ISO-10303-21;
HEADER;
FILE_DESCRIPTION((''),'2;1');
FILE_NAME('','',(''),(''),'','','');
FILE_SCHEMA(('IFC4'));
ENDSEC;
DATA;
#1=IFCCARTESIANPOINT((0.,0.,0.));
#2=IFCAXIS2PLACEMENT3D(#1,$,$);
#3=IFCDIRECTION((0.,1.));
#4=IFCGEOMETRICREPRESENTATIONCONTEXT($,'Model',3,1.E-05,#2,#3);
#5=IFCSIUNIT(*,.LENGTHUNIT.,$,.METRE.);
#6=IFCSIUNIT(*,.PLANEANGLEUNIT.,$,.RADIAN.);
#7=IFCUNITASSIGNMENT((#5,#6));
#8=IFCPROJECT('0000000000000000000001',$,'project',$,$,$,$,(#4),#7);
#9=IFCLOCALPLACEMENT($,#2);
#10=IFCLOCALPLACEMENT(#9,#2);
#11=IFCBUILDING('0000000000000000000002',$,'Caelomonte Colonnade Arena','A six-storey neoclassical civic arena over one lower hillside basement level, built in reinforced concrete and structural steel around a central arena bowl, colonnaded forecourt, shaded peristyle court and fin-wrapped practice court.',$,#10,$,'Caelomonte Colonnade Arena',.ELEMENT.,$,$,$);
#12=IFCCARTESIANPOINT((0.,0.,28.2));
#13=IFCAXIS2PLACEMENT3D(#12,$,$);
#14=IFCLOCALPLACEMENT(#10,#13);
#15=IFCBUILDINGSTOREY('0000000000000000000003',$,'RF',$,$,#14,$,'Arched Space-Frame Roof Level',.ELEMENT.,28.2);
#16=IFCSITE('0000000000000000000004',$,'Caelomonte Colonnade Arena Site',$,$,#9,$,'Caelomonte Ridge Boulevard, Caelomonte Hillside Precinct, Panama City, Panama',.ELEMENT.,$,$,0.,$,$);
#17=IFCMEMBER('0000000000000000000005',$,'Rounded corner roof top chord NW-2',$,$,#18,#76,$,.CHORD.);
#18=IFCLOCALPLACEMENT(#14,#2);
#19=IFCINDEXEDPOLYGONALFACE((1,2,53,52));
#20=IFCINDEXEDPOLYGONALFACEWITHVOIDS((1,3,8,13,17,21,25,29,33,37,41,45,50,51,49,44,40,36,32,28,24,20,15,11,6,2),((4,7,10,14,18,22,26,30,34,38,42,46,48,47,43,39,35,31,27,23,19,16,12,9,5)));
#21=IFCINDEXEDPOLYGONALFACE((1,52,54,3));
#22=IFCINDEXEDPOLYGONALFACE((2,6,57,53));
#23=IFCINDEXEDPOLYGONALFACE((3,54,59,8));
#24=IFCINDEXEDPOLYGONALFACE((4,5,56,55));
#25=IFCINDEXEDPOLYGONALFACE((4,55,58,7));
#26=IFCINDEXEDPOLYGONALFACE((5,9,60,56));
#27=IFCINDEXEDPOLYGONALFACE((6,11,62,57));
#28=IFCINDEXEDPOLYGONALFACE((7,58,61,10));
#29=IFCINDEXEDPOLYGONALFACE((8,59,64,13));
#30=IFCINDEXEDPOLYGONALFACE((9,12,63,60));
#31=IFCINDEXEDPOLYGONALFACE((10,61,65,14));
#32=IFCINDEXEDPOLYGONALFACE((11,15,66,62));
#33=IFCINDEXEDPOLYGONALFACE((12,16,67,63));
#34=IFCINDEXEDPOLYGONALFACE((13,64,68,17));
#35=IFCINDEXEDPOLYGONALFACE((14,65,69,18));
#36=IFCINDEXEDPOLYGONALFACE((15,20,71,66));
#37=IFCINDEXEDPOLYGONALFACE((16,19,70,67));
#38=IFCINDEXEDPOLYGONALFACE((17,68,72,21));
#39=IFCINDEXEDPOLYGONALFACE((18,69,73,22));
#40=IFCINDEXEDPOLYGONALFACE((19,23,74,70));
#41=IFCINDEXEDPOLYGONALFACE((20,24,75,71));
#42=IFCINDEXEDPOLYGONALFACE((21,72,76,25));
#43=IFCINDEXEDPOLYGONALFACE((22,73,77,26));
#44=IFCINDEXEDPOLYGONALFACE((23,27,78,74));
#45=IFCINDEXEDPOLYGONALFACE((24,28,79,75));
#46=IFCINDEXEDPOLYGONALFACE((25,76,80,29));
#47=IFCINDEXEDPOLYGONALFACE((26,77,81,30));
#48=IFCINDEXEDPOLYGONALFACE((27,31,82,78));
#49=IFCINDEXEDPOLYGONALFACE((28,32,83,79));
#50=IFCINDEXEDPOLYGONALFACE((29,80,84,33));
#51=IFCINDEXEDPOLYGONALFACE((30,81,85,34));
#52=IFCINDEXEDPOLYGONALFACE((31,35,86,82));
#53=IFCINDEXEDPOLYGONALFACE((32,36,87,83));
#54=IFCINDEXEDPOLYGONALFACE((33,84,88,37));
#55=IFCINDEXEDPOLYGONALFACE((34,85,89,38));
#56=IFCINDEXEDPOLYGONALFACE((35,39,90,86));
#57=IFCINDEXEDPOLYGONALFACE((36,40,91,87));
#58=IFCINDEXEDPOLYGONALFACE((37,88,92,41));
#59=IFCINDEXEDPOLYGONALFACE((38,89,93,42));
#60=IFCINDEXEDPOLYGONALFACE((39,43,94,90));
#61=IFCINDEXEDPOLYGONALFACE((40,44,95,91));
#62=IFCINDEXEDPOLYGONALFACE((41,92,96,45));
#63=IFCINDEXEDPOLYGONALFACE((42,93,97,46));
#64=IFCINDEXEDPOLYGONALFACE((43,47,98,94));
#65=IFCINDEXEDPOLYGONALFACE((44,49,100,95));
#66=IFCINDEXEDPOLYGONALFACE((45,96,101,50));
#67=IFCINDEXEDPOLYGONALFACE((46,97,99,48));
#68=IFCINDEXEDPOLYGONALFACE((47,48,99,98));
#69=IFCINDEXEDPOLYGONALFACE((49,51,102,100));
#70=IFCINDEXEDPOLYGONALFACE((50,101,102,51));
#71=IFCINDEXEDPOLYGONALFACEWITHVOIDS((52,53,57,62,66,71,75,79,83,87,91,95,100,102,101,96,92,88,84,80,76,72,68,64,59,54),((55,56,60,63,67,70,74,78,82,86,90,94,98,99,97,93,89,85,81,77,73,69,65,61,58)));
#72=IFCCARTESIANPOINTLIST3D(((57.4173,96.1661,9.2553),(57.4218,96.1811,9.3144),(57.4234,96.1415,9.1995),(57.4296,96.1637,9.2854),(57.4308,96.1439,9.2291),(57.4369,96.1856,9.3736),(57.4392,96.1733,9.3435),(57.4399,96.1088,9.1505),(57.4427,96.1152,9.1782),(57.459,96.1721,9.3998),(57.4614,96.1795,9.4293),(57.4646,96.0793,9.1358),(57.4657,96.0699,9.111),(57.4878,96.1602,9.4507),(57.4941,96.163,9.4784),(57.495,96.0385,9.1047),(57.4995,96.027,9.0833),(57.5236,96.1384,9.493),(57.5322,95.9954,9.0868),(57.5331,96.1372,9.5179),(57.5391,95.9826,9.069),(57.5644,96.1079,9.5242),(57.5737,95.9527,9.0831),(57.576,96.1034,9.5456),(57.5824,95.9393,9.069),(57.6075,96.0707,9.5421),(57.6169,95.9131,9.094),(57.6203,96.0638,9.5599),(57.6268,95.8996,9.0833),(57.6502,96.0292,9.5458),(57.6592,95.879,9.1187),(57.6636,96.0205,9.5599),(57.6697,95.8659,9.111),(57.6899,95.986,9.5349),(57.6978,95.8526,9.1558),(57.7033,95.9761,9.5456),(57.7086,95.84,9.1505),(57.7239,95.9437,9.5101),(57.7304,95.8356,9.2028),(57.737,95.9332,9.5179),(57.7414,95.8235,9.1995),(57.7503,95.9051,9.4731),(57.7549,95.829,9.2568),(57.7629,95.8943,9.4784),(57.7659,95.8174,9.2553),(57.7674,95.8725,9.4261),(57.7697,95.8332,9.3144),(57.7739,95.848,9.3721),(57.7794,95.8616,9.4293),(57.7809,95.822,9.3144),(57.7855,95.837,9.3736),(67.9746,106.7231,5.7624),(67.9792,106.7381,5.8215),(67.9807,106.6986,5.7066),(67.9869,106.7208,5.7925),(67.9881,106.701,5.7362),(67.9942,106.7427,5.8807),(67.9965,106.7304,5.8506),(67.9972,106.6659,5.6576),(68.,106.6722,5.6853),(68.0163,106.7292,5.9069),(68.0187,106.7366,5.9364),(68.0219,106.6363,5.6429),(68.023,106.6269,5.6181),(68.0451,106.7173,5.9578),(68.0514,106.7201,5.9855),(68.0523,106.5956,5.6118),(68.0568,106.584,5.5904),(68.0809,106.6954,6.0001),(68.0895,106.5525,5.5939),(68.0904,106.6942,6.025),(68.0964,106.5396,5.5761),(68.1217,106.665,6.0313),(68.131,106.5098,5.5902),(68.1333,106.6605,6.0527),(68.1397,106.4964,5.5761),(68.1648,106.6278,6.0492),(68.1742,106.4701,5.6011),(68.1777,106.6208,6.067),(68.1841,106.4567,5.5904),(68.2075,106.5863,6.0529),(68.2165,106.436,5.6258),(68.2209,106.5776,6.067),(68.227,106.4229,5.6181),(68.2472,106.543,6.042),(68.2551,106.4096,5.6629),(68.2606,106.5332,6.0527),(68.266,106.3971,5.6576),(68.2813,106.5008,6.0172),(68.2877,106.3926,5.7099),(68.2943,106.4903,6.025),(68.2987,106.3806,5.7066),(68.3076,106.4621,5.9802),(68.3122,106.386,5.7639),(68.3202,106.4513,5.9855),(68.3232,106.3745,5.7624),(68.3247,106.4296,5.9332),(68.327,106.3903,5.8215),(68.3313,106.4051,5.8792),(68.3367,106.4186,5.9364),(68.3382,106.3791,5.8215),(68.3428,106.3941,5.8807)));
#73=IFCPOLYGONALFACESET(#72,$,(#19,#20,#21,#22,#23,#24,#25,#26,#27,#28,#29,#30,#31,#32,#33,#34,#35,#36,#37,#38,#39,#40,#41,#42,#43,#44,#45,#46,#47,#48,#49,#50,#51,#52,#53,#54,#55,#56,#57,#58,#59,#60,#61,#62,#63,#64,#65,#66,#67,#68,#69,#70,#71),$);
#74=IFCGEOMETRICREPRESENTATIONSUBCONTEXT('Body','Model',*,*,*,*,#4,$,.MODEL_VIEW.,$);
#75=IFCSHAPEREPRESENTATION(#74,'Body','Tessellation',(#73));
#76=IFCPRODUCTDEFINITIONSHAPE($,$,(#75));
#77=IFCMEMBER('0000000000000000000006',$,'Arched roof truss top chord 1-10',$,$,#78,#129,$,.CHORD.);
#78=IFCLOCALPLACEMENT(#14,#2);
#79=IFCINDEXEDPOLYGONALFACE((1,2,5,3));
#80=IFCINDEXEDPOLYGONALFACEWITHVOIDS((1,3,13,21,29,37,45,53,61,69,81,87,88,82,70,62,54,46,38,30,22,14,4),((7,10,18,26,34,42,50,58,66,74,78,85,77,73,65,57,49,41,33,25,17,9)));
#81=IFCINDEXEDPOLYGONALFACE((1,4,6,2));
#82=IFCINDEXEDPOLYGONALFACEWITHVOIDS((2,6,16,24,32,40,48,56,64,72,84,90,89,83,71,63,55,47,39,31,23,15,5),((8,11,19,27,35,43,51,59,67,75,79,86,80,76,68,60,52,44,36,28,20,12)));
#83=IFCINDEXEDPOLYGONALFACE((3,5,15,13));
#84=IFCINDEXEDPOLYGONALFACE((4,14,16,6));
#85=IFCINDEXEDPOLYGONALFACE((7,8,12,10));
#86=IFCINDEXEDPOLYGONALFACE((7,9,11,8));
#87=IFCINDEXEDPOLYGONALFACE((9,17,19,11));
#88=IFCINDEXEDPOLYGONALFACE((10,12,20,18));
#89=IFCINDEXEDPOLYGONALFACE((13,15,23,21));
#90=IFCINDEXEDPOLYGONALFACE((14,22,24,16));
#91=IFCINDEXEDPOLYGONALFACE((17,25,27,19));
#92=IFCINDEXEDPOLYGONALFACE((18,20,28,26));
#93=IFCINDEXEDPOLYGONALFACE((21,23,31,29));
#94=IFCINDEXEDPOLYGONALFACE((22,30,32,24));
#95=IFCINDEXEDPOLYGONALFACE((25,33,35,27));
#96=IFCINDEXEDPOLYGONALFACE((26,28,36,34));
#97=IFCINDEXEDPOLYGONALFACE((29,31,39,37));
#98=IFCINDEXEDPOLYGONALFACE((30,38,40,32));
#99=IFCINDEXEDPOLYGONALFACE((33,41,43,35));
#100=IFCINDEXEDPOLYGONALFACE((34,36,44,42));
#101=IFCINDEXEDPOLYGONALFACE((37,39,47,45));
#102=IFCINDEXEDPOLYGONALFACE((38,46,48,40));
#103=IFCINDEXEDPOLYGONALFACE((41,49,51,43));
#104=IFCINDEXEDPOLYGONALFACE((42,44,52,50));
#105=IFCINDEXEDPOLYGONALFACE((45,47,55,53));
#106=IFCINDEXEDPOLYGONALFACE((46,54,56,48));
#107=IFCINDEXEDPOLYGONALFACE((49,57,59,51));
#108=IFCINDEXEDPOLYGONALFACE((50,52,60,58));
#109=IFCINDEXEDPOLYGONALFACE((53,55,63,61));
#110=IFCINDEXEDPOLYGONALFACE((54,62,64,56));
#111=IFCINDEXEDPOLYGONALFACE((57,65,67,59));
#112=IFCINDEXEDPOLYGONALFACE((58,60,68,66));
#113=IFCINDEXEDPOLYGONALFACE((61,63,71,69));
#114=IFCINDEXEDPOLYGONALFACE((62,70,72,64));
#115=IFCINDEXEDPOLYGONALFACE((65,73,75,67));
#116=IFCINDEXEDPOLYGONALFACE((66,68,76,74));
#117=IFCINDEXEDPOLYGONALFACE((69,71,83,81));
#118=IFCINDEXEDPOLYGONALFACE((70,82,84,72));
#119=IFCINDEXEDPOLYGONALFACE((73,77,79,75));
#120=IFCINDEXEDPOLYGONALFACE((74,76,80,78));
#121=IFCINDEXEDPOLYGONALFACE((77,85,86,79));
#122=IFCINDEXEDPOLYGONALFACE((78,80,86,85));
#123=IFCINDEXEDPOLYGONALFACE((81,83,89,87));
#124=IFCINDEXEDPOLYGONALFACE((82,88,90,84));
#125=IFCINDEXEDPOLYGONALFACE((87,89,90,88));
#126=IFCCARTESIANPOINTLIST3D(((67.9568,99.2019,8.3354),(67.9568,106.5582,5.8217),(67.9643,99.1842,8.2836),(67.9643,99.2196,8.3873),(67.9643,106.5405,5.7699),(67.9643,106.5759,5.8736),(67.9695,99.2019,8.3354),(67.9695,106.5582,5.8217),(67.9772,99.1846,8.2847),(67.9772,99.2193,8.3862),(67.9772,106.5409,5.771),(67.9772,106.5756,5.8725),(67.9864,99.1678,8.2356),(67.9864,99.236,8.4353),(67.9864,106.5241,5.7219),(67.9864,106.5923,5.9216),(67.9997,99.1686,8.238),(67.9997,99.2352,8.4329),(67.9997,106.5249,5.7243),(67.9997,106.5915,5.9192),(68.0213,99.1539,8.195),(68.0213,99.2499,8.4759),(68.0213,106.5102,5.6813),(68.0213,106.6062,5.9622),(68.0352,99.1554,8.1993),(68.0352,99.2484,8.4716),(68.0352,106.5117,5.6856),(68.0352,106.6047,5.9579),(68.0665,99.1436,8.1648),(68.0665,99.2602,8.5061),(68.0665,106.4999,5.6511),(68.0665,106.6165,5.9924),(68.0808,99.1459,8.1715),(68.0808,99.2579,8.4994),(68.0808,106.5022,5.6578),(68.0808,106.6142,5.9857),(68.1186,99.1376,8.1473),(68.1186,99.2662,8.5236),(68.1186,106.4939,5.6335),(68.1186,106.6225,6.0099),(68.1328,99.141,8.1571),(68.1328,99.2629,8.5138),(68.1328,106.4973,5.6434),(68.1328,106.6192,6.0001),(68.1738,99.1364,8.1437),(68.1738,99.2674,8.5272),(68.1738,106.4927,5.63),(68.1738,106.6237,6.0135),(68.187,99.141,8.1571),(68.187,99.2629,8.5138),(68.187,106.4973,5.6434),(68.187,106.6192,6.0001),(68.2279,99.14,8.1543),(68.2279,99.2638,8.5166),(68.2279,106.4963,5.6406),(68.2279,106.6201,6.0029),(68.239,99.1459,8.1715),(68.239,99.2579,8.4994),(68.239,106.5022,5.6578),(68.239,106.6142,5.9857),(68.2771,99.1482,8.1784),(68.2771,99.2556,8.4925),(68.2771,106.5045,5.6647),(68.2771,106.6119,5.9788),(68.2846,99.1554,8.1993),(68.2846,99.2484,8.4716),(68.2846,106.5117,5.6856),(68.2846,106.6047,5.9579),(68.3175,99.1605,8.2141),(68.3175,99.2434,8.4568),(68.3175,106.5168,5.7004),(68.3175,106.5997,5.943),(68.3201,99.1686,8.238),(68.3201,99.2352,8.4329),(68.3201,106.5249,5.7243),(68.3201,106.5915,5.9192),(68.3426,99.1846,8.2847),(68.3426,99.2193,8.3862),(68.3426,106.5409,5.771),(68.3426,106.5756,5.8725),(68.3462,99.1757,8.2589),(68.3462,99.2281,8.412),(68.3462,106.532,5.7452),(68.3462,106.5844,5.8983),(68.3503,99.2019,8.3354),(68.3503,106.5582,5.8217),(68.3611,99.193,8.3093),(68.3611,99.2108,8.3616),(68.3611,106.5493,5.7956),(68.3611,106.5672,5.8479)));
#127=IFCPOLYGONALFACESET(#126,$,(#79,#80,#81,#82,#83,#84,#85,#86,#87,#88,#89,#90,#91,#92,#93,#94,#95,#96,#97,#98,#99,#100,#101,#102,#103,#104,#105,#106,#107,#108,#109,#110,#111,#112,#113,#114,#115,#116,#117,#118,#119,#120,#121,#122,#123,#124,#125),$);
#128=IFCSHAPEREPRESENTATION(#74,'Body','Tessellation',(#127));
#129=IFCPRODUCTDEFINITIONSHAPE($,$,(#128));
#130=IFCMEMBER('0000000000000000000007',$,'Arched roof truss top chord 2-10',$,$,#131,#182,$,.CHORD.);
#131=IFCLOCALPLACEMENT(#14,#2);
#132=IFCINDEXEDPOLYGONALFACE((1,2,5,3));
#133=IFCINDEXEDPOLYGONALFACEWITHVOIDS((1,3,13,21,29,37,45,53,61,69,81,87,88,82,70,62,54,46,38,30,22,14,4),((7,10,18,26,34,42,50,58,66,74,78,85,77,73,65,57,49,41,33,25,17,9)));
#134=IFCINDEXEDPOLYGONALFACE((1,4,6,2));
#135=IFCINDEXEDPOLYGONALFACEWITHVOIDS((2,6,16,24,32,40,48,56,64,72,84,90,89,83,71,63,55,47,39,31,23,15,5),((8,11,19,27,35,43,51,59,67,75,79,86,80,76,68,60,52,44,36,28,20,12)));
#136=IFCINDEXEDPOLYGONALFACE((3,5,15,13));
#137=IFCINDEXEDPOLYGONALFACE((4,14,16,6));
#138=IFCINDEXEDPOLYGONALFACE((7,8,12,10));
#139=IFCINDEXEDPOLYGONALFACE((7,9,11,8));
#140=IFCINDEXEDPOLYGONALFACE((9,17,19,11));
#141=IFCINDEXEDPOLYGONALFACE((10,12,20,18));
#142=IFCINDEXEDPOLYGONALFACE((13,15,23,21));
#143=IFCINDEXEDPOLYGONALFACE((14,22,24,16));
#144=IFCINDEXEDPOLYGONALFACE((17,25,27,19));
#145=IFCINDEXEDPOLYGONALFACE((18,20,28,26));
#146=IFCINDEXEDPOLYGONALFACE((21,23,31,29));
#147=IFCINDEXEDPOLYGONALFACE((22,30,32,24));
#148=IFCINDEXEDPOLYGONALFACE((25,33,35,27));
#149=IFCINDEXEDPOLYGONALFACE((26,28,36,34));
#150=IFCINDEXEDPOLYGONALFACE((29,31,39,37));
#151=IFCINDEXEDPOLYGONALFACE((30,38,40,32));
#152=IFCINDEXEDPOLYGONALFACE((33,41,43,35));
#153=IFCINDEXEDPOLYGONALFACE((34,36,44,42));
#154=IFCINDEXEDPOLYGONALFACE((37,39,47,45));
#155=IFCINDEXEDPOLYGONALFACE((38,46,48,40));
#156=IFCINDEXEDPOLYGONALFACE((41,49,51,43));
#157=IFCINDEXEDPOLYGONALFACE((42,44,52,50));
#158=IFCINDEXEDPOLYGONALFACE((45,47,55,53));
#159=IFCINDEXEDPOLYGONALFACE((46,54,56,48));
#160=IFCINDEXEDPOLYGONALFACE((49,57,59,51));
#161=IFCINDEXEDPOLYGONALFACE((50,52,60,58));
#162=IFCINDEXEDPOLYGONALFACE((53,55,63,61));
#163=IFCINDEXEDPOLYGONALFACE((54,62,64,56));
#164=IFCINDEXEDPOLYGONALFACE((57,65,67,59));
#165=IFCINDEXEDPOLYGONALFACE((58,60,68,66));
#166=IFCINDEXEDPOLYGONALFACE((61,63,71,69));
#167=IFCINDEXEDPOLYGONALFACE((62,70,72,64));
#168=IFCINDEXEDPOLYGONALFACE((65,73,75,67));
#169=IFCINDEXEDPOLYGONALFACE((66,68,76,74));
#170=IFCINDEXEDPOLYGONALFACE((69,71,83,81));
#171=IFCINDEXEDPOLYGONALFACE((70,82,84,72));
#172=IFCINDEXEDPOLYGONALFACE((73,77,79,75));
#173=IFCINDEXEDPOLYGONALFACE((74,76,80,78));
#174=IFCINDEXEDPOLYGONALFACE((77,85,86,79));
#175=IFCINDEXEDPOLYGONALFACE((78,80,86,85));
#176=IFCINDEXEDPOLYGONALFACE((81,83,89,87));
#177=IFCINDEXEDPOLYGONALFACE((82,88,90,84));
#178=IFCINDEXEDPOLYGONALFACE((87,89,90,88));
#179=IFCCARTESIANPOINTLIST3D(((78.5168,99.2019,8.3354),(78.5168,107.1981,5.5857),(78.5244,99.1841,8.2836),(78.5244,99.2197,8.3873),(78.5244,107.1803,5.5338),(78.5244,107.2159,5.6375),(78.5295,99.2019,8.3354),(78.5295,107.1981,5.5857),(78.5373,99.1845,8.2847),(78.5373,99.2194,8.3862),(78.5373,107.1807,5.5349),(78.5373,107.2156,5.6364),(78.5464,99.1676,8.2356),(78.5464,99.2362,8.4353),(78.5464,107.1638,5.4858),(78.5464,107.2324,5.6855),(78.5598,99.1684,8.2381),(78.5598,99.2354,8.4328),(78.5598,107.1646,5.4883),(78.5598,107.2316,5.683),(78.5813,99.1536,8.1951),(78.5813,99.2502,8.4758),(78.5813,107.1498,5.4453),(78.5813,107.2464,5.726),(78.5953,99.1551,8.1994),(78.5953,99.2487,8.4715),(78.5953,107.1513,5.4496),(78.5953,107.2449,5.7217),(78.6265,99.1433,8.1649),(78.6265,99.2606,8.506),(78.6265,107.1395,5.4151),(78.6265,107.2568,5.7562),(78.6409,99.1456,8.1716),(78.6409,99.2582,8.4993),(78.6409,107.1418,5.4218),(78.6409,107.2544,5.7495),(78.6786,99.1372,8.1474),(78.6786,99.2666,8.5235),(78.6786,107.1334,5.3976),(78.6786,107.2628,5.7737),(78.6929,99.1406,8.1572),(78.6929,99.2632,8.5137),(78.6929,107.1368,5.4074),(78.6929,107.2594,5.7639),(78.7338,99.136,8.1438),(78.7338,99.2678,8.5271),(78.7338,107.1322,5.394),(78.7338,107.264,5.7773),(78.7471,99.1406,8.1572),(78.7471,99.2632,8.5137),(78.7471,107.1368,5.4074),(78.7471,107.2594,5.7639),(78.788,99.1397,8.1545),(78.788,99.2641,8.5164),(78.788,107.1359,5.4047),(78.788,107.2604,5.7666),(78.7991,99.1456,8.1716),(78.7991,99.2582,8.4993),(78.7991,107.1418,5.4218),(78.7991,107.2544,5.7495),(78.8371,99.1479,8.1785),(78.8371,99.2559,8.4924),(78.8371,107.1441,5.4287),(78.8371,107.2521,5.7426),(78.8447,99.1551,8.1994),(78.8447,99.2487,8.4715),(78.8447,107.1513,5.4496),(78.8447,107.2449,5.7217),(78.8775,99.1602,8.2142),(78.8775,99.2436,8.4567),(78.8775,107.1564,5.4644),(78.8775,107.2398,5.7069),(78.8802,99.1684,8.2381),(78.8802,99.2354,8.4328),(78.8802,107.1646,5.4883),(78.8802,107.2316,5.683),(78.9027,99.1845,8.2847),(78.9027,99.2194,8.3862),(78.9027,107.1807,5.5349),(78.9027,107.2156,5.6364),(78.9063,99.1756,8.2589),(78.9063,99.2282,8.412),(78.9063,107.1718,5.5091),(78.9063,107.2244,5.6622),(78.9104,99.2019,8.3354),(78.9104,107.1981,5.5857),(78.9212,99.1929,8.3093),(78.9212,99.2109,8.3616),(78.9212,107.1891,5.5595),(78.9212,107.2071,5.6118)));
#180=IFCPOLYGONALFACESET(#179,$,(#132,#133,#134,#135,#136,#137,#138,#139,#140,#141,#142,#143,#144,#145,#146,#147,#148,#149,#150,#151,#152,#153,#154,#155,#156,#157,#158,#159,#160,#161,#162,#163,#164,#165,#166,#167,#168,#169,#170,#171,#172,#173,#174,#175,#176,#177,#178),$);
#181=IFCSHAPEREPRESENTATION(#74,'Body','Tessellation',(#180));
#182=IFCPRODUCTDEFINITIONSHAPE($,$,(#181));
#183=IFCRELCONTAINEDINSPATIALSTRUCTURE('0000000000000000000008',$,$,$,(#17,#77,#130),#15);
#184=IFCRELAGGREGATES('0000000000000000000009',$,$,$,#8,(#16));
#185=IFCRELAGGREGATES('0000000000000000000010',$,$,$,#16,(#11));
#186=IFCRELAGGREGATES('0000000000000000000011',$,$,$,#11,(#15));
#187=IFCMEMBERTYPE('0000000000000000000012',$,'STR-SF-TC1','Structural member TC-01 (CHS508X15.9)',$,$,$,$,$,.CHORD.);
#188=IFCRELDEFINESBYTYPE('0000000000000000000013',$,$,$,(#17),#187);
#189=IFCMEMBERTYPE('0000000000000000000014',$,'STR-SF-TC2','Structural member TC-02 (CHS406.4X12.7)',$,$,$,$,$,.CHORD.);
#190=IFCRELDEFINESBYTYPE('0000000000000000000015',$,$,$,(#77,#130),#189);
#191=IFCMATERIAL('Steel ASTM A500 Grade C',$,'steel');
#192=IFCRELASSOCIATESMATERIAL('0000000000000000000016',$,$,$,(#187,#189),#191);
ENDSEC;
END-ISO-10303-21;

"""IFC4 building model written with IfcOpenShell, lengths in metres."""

from ifc_helpers import new_model, si_unit, direction, frame, origin, origin_2d, place, context, subcontext, project, spatial, hollow_circle, extrude, material, material_profile, profile_set, type_object, element, save


model = new_model("IFC4")

# Units and contexts
model_context = context("Model", 3, precision=1e-05, world=origin(), true_north=direction((0.0, 1.0)))
body_context = subcontext(model_context, "Body", "Model", "MODEL_VIEW")
ifc_project = project(units=[si_unit("LENGTHUNIT", "METRE"), si_unit("PLANEANGLEUNIT", "RADIAN")], contexts=[model_context])

# Site, building, storey
site_placement = place(None, origin())
site = spatial("IfcSite", under=ifc_project, at=site_placement, Name="Caelomonte Colonnade Arena Site", LongName="Caelomonte Ridge Boulevard, Caelomonte Hillside Precinct, Panama City, Panama", CompositionType="ELEMENT", RefElevation=0.0)
building_placement = place(site_placement, origin())
building = spatial("IfcBuilding", under=site, at=building_placement, Name="Caelomonte Colonnade Arena", Description="A six-storey neoclassical civic arena over one lower hillside basement level, built in reinforced concrete and structural steel around a central arena bowl, colonnaded forecourt, shaded peristyle court and fin-wrapped practice court.", LongName="Caelomonte Colonnade Arena", CompositionType="ELEMENT")
storey_placement = place(building_placement, frame((0.0, 0.0, 28.2)))
storey = spatial("IfcBuildingStorey", under=building, at=storey_placement, Name="RF", LongName="Arched Space-Frame Roof Level", CompositionType="ELEMENT", Elevation=28.2)

# Members
ifc_material_1 = material(Name="Steel ASTM A500 Grade C", Category="steel")
ifc_material_profile_1 = material_profile(ifc_material_1, hollow_circle(Radius=0.2539, WallThickness=0.0159, at=origin_2d()), Name="CHS508X15.9")
ifc_profile_set_1 = profile_set([ifc_material_profile_1], Name="Steel ASTM A500 Grade C")
member_type_1 = type_object("IfcMemberType", Name="STR-SF-TC1", Description="Structural member TC-01 (CHS508X15.9)", PredefinedType="CHORD", material=ifc_profile_set_1)
member_1_placement = place(storey_placement, frame((68.1587, 106.5586, 5.8215), z_axis=(-0.688524, -0.688508, 0.227799), x_axis=(0.707099, -0.707115, 0.0)))
element("IfcMember", 1, at=member_1_placement, inside=storey, type_object=member_type_1, Name="Rounded corner roof top chord NW-2", PredefinedType="CHORD", context=body_context, shape_type="SweptSolid", body=[
    extrude(hollow_circle(Radius=0.2539, WallThickness=0.0159, at=origin_2d()), origin(), (0.0, 0.0, 1.0), 15.3333),
])
ifc_material_profile_2 = material_profile(ifc_material_1, hollow_circle(Radius=0.2031, WallThickness=0.0127, at=origin_2d()), Name="CHS406.4X12.7")
ifc_profile_set_2 = profile_set([ifc_material_profile_2], Name="Steel ASTM A500 Grade C")
member_type_2 = type_object("IfcMemberType", Name="STR-SF-TC2", Description="Structural member TC-02 (CHS406.4X12.7)", PredefinedType="CHORD", material=ifc_profile_set_2)
member_2_placement = place(storey_placement, frame((68.1599, 99.2019, 8.3354), z_axis=(0.0, 0.946279, -0.323351), x_axis=(-1.0, 0.0, 0.0)))
element("IfcMember", 2, at=member_2_placement, inside=storey, type_object=member_type_2, Name="Arched roof truss top chord 1-10", PredefinedType="CHORD", context=body_context, shape_type="SweptSolid", body=[
    extrude(hollow_circle(Radius=0.2031, WallThickness=0.0127, at=origin_2d()), origin(), (0.0, 0.0, 1.0), 7.7739),
])
member_3_placement = place(storey_placement, frame((78.72, 99.2019, 8.3354), z_axis=(0.0, 0.945647, -0.325196), x_axis=(-1.0, 0.0, 0.0)))
element("IfcMember", 3, at=member_3_placement, inside=storey, type_object=member_type_2, Name="Arched roof truss top chord 2-10", PredefinedType="CHORD", context=body_context, shape_type="SweptSolid", body=[
    extrude(hollow_circle(Radius=0.2031, WallThickness=0.0127, at=origin_2d()), origin(), (0.0, 0.0, 1.0), 8.4558),
])

save(model, "model.ifc")
